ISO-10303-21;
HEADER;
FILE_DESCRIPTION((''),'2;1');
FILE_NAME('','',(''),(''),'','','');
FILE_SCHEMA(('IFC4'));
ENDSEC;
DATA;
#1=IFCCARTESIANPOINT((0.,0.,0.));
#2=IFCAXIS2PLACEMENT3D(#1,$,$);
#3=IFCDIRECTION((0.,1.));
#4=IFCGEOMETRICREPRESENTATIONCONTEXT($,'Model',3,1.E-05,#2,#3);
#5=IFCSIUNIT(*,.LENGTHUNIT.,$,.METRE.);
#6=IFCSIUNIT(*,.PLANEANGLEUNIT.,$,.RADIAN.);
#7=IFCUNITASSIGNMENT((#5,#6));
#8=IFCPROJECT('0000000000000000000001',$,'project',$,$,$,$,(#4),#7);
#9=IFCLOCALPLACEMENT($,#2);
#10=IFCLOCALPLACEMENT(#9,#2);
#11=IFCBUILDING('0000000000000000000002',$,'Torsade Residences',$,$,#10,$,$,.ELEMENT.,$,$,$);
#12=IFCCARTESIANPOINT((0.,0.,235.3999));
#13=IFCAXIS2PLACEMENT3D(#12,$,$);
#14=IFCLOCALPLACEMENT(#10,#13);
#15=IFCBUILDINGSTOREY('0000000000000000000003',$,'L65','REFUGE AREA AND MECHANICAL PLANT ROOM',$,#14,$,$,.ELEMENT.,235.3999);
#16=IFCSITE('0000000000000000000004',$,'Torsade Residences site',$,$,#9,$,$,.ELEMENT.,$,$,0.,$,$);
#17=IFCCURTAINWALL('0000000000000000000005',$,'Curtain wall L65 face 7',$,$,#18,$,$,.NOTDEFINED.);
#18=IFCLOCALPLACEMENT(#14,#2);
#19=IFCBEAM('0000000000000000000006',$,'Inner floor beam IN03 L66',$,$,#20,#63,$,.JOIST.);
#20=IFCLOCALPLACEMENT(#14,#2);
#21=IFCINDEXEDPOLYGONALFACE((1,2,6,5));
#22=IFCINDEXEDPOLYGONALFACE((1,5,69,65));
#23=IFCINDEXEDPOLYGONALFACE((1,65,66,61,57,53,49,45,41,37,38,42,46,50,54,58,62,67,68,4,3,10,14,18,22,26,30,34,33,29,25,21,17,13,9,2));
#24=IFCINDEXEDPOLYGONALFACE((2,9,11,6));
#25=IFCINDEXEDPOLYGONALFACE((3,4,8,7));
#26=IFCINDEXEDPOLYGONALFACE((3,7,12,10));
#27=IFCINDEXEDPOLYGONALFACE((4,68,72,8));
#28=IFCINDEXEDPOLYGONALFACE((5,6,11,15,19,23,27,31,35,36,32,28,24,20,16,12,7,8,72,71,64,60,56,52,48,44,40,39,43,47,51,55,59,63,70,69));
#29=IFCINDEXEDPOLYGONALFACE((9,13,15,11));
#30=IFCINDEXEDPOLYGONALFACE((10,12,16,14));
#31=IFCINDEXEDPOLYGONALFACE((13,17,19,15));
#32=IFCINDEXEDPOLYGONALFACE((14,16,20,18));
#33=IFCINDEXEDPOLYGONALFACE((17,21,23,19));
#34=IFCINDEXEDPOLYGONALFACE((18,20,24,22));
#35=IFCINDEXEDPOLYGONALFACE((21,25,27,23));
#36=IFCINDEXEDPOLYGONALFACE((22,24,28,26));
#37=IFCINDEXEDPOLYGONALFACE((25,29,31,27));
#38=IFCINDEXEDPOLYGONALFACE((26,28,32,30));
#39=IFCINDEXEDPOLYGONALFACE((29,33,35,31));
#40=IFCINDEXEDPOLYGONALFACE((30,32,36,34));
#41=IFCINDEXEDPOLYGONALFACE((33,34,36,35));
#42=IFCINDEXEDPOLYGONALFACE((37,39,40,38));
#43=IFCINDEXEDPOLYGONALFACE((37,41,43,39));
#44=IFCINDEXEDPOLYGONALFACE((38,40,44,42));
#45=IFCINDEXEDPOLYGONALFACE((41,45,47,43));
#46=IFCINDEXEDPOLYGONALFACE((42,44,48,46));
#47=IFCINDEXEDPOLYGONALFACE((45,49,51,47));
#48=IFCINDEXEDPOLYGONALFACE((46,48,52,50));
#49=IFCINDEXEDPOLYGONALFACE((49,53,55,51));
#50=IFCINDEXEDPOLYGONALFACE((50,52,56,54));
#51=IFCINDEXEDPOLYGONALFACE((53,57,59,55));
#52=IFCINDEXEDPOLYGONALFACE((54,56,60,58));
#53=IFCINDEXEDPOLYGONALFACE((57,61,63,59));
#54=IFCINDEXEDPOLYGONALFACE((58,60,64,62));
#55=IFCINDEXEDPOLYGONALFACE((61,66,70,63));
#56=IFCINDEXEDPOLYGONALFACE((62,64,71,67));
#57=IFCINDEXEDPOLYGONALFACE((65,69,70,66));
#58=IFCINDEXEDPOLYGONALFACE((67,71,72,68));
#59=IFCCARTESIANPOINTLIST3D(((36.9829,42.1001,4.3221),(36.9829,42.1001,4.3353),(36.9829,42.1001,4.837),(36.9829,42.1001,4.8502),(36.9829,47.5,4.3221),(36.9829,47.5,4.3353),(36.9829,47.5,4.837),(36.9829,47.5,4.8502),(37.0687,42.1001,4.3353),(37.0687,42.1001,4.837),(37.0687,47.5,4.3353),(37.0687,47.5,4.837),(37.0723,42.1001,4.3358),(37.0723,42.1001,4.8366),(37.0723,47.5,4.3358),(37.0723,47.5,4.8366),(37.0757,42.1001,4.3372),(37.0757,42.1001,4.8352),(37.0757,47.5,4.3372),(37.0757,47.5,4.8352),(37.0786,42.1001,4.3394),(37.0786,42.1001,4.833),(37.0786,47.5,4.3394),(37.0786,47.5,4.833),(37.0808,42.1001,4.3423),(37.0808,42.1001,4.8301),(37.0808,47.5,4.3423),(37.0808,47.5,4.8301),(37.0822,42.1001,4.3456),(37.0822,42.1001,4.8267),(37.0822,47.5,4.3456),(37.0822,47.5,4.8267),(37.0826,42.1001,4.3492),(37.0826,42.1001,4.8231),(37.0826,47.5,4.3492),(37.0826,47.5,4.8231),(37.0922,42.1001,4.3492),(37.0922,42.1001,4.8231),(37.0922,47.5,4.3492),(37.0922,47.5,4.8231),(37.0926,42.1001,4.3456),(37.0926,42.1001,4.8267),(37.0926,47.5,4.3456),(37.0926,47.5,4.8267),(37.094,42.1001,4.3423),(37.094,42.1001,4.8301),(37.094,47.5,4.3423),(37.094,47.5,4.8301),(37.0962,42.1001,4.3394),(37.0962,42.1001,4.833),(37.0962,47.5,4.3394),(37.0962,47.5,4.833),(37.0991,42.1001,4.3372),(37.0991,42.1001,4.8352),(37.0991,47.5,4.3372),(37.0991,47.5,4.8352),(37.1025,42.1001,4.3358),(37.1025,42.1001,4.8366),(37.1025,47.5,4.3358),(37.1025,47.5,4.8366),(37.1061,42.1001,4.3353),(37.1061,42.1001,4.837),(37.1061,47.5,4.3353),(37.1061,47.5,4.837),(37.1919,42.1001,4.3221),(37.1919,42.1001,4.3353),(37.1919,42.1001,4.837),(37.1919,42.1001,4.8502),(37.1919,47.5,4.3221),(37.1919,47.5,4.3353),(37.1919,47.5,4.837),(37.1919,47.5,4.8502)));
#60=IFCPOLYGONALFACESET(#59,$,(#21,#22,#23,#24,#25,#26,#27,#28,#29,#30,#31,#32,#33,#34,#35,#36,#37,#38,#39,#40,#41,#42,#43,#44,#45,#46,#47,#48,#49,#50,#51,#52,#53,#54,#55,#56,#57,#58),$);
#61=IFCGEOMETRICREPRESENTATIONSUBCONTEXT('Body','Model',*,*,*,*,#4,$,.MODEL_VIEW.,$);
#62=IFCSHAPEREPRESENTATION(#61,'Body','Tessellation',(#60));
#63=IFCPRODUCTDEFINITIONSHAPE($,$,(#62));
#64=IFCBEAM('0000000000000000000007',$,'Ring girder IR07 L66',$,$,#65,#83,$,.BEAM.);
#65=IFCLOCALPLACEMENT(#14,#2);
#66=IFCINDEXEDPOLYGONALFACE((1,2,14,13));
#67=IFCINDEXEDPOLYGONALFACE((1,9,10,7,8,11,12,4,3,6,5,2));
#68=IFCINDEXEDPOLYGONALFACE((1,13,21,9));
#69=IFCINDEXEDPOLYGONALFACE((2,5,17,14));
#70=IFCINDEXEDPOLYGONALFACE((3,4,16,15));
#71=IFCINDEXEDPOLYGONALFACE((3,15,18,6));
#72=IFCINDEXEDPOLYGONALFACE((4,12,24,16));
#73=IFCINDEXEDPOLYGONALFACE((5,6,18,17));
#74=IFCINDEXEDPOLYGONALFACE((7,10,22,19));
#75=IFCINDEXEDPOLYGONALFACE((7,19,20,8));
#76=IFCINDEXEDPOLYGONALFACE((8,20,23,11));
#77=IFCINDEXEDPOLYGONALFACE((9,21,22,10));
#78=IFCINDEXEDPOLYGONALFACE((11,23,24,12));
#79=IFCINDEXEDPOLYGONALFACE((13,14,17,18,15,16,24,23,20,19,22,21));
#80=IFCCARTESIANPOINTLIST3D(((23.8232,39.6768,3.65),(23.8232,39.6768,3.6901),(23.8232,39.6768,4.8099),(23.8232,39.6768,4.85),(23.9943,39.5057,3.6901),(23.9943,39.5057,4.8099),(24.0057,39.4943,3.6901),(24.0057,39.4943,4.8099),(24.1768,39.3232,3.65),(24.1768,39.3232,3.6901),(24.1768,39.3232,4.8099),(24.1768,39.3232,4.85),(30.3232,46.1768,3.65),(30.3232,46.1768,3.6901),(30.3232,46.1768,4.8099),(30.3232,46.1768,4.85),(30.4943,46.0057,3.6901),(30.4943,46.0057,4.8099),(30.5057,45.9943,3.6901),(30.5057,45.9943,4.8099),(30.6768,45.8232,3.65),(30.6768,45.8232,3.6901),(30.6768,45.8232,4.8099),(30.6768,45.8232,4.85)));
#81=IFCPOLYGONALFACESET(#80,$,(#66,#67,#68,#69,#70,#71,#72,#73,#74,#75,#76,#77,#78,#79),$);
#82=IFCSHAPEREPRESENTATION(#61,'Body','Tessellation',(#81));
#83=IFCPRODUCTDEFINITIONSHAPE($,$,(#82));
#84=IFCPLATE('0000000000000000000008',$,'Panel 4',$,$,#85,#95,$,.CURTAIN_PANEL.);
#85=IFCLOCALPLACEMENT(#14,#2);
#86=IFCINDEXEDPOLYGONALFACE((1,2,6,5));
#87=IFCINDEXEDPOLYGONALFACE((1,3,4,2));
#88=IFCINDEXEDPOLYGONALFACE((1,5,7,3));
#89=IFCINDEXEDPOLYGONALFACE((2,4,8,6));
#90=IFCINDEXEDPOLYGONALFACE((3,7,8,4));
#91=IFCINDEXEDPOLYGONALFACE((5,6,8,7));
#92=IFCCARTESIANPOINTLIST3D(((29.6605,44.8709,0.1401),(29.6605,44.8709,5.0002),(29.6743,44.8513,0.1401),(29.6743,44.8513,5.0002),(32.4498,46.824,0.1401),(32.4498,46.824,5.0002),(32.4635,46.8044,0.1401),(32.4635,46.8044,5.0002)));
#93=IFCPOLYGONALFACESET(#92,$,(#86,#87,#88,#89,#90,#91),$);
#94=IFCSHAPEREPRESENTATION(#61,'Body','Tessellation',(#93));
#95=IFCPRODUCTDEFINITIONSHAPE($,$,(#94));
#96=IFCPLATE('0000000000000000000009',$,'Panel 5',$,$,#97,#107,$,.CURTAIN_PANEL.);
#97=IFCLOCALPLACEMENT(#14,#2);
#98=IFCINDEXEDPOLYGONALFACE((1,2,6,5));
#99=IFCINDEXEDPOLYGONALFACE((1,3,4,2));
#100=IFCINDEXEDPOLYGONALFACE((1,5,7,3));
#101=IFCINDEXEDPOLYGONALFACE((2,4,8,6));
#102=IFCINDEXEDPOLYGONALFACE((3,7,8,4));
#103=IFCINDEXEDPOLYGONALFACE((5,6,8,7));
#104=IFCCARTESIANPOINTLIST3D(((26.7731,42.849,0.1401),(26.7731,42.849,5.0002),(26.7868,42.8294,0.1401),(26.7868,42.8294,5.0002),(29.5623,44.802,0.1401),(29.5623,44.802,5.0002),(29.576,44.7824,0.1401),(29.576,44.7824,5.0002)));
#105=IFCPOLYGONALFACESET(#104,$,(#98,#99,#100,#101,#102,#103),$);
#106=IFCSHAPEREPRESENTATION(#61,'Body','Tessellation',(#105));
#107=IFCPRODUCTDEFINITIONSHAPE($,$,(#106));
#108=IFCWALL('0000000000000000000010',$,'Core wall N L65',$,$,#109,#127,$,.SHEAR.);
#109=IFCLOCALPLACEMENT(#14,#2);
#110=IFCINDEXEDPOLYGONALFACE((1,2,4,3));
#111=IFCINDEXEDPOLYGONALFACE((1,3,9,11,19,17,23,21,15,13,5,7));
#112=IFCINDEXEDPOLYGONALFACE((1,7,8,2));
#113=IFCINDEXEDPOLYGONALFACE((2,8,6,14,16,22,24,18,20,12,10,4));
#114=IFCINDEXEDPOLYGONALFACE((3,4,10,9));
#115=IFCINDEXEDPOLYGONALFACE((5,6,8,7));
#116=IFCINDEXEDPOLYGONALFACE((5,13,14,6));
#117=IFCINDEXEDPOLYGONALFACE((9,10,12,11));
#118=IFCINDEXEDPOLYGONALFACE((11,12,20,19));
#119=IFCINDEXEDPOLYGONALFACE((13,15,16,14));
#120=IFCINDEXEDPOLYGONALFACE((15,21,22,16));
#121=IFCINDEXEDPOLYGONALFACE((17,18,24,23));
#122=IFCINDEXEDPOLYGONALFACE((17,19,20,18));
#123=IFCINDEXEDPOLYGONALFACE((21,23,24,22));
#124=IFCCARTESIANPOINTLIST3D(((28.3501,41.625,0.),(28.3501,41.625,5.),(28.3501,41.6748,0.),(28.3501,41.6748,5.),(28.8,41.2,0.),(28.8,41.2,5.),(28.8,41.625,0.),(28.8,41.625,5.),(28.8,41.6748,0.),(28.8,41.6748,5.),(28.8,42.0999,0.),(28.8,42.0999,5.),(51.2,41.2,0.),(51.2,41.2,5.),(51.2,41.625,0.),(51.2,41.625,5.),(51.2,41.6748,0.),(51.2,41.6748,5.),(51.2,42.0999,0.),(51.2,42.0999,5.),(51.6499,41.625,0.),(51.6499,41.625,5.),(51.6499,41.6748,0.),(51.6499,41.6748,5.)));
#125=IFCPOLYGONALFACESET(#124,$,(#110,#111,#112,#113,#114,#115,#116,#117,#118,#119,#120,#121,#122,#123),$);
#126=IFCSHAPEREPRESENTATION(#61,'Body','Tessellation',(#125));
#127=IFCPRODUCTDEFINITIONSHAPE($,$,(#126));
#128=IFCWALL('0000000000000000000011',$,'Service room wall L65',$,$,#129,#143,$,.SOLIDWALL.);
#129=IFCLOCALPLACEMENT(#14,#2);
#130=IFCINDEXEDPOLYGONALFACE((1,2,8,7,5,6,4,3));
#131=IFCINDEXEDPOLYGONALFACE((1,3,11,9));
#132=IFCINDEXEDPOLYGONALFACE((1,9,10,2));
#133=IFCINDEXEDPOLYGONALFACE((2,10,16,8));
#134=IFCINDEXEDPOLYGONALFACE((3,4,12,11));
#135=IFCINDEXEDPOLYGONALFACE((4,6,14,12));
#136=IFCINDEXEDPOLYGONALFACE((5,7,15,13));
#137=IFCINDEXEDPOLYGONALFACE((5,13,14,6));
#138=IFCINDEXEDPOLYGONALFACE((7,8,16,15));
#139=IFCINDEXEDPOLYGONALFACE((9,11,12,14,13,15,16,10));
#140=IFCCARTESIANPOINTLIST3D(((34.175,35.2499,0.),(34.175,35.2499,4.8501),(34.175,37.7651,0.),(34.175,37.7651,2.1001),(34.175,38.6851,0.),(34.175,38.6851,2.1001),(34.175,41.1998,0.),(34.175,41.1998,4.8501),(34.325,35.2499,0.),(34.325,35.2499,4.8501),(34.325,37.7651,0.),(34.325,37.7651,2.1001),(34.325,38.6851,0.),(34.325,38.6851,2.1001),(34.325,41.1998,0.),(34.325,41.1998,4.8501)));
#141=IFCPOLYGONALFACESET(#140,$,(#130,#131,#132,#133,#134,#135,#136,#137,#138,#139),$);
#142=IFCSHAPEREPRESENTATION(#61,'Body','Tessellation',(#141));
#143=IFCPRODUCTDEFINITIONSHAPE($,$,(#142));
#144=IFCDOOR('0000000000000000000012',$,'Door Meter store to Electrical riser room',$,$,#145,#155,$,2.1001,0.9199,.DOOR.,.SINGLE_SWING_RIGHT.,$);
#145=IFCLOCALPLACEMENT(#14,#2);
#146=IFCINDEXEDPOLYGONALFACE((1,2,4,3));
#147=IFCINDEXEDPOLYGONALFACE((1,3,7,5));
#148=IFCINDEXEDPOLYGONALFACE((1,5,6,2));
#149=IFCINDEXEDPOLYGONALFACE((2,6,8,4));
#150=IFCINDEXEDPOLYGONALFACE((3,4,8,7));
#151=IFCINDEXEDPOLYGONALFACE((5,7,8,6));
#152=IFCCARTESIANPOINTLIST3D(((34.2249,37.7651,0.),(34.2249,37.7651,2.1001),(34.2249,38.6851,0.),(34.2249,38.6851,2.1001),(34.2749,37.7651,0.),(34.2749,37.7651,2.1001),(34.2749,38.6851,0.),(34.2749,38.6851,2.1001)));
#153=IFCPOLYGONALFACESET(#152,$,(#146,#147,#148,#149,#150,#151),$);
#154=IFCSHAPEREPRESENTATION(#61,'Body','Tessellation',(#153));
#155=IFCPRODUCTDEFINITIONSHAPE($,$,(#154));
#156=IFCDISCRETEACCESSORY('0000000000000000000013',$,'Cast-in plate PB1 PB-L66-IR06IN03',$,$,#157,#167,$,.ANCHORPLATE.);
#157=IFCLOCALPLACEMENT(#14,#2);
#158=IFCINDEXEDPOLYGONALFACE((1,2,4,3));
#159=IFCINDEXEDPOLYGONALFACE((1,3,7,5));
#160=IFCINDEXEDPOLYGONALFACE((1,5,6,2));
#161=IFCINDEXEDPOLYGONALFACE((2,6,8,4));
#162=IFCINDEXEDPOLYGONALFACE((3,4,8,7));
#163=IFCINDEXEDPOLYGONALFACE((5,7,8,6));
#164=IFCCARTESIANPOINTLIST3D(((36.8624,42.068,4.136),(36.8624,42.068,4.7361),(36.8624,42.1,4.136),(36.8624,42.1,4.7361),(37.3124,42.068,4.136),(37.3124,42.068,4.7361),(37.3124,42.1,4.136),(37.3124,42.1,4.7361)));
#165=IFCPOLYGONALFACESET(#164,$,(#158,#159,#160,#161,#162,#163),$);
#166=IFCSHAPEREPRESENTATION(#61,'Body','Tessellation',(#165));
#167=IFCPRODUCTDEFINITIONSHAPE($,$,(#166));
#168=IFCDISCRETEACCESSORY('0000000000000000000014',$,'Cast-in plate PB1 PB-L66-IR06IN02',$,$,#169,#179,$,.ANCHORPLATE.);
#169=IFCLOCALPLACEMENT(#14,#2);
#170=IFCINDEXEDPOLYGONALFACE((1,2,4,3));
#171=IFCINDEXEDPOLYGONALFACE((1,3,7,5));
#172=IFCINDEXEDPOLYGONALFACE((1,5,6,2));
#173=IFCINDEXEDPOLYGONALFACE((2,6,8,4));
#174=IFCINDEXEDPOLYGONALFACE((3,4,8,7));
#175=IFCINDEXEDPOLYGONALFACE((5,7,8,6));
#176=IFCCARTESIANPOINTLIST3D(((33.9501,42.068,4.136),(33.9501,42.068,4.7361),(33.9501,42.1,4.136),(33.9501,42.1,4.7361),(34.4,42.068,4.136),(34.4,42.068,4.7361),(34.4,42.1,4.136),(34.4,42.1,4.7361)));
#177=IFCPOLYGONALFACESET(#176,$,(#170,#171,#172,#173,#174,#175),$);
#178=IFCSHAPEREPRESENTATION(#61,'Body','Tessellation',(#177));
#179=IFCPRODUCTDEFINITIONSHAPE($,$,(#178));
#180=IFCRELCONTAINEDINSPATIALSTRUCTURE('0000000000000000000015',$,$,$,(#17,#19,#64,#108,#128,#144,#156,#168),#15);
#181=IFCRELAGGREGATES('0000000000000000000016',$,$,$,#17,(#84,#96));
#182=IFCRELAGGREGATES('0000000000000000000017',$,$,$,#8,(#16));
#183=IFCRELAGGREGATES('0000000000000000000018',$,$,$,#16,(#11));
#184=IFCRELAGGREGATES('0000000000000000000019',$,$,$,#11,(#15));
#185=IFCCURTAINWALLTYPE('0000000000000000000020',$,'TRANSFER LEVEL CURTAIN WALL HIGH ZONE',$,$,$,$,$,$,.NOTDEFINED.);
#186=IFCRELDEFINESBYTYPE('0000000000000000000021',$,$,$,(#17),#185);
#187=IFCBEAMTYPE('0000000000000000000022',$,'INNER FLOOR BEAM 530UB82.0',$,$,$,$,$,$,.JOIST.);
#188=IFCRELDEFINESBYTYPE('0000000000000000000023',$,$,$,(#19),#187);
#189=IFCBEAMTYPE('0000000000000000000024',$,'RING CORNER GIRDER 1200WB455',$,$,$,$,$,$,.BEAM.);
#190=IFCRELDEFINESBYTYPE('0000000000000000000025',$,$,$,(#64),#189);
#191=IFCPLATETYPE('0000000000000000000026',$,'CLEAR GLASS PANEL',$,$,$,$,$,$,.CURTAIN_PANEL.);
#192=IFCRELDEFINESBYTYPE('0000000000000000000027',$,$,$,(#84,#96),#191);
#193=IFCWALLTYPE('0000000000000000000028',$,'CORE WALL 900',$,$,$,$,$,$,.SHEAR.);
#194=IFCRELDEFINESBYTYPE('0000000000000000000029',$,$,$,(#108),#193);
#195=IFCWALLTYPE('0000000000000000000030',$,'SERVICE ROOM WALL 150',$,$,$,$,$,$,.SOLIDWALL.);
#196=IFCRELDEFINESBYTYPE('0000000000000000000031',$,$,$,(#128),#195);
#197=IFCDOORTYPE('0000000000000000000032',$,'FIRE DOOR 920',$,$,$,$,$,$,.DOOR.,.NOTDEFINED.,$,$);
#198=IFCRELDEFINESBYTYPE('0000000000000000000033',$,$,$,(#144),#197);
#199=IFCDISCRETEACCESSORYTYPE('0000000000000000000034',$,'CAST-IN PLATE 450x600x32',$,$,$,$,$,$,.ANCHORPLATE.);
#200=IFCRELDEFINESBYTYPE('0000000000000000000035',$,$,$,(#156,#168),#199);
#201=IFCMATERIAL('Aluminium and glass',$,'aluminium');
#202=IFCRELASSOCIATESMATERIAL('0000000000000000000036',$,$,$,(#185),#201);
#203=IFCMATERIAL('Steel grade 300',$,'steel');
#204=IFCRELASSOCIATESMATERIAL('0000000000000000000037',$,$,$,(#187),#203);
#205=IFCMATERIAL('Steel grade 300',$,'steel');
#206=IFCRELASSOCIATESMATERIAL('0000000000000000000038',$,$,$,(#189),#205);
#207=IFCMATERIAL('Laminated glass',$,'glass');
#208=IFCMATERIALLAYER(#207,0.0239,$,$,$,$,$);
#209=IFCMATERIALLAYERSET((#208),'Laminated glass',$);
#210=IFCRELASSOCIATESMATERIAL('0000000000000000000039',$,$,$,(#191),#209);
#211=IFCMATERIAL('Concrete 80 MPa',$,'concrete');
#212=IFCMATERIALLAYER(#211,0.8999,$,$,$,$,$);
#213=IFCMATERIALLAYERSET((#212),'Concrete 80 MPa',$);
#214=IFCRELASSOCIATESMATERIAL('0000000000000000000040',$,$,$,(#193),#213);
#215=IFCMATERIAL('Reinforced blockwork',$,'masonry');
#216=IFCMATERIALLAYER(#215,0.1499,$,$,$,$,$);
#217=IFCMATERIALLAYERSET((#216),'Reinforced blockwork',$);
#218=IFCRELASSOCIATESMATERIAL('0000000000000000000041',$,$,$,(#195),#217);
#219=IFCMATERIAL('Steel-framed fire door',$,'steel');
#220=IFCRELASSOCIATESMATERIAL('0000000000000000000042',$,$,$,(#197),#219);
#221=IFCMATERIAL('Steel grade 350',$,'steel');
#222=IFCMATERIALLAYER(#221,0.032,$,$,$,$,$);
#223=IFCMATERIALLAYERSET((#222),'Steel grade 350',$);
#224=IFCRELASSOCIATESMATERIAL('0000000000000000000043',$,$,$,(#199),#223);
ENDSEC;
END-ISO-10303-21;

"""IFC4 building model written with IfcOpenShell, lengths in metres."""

from ifc_helpers import new_model, si_unit, direction, frame, frame_2d, origin, origin_2d, place, context, subcontext, project, spatial, polyline, rectangle, i_section, outline, extrude, material, layer, layer_set, material_profile, profile_set, type_object, element, fill, aggregate, save


model = new_model("IFC4")

# Units and contexts
model_context = context("Model", 3, precision=1e-05, world=origin(), true_north=direction((0.0, 1.0)))
body_context = subcontext(model_context, "Body", "Model", "MODEL_VIEW")
ifc_project = project(units=[si_unit("LENGTHUNIT", "METRE"), si_unit("PLANEANGLEUNIT", "RADIAN")], contexts=[model_context])

# Site, building, storey
site_placement = place(None, origin())
site = spatial("IfcSite", under=ifc_project, at=site_placement, Name="Torsade Residences site", CompositionType="ELEMENT", RefElevation=0.0)
building_placement = place(site_placement, origin())
building = spatial("IfcBuilding", under=site, at=building_placement, Name="Torsade Residences", CompositionType="ELEMENT")
storey_placement = place(building_placement, frame((0.0, 0.0, 235.3999)))
storey = spatial("IfcBuildingStorey", under=building, at=storey_placement, Name="L65", Description="REFUGE AREA AND MECHANICAL PLANT ROOM", CompositionType="ELEMENT", Elevation=235.3999)

# Curtain wall
ifc_material_1 = material(Name="Aluminium and glass", Category="aluminium")
curtain_wall_type = type_object("IfcCurtainWallType", Name="TRANSFER LEVEL CURTAIN WALL HIGH ZONE", PredefinedType="NOTDEFINED", material=ifc_material_1)
curtain_wall_placement = place(storey_placement, origin())
curtain_wall = element("IfcCurtainWall", 1, at=curtain_wall_placement, inside=storey, type_object=curtain_wall_type, Name="Curtain wall L65 face 7", PredefinedType="NOTDEFINED")

# Beams
ifc_material_2 = material(Name="Steel grade 300", Category="steel")
ifc_material_profile_1 = material_profile(ifc_material_2, i_section(OverallWidth=0.209, OverallDepth=0.5281, WebThickness=0.0095, FlangeThickness=0.0132, FilletRadius=0.0139, at=origin_2d()), Name="530UB82.0")
ifc_profile_set_1 = profile_set([ifc_material_profile_1], Name="Steel grade 300")
beam_type_1 = type_object("IfcBeamType", Name="INNER FLOOR BEAM 530UB82.0", PredefinedType="JOIST", material=ifc_profile_set_1)
beam_1_placement = place(storey_placement, frame((37.0874, 42.1001, 4.5862), z_axis=(0.0, 1.0, 0.0), x_axis=(-1.0, 0.0, 0.0)))
element("IfcBeam", 2, at=beam_1_placement, inside=storey, type_object=beam_type_1, Name="Inner floor beam IN03 L66", PredefinedType="JOIST", context=body_context, shape_type="SweptSolid", body=[
    extrude(i_section(OverallWidth=0.209, OverallDepth=0.5281, WebThickness=0.0095, FlangeThickness=0.0132, FilletRadius=0.0139, at=origin_2d()), origin(), (0.0, 0.0, 1.0), 5.3999),
])
ifc_material_3 = material(Name="Steel grade 300", Category="steel")
ifc_material_profile_2 = material_profile(ifc_material_3, i_section(OverallWidth=0.5, OverallDepth=1.2, WebThickness=0.0161, FlangeThickness=0.04, at=origin_2d()), Name="1200WB455")
ifc_profile_set_2 = profile_set([ifc_material_profile_2], Name="Steel grade 300")
beam_type_2 = type_object("IfcBeamType", Name="RING CORNER GIRDER 1200WB455", PredefinedType="BEAM", material=ifc_profile_set_2)
beam_2_placement = place(storey_placement, frame((30.5, 46.0, 4.25), z_axis=(-0.707107, -0.707107, 0.0), x_axis=(0.707107, -0.707107, 0.0)))
element("IfcBeam", 3, at=beam_2_placement, inside=storey, type_object=beam_type_2, Name="Ring girder IR07 L66", PredefinedType="BEAM", context=body_context, shape_type="SweptSolid", body=[
    extrude(i_section(OverallWidth=0.5, OverallDepth=1.2, WebThickness=0.0161, FlangeThickness=0.04, at=origin_2d()), origin(), (0.0, 0.0, 1.0), 9.1924),
])

# Plates
ifc_material_4 = material(Name="Laminated glass", Category="glass")
ifc_layer_1 = layer(ifc_material_4, 0.0239)
ifc_layer_set_1 = layer_set([ifc_layer_1], Name="Laminated glass")
plate_type = type_object("IfcPlateType", Name="CLEAR GLASS PANEL", PredefinedType="CURTAIN_PANEL", material=ifc_layer_set_1)
plate_1_placement = place(storey_placement, frame((31.062, 45.8376, 0.1401), z_axis=(0.0, 0.0, 1.0), x_axis=(-0.819152, -0.573576, 0.0)))
plate_1 = element("IfcPlate", 4, at=plate_1_placement, type_object=plate_type, Name="Panel 4", PredefinedType="CURTAIN_PANEL", context=body_context, shape_type="SweptSolid", body=[
    extrude(rectangle(XDim=3.405, YDim=0.0239, at=origin_2d()), origin(), (0.0, 0.0, 1.0), 4.8601),
])
plate_2_placement = place(storey_placement, frame((28.1746, 43.8157, 0.1401), z_axis=(0.0, 0.0, 1.0), x_axis=(-0.819152, -0.573576, 0.0)))
plate_2 = element("IfcPlate", 5, at=plate_2_placement, type_object=plate_type, Name="Panel 5", PredefinedType="CURTAIN_PANEL", context=body_context, shape_type="SweptSolid", body=[
    extrude(rectangle(XDim=3.405, YDim=0.0239, at=origin_2d()), origin(), (0.0, 0.0, 1.0), 4.8601),
])
aggregate(curtain_wall, [plate_1, plate_2])

# Wall
ifc_material_5 = material(Name="Concrete 80 MPa", Category="concrete")
ifc_layer_2 = layer(ifc_material_5, 0.8999)
ifc_layer_set_2 = layer_set([ifc_layer_2], Name="Concrete 80 MPa")
wall_type_1 = type_object("IfcWallType", Name="CORE WALL 900", PredefinedType="SHEAR", material=ifc_layer_set_2)
wall_1_placement = place(storey_placement, frame((28.8, 41.6499, 0.0), z_axis=(0.0, 0.0, 1.0), x_axis=(1.0, 0.0, 0.0)))
element("IfcWall", 6, at=wall_1_placement, inside=storey, type_object=wall_type_1, Name="Core wall N L65", PredefinedType="SHEAR", context=body_context, shape_type="SweptSolid", body=[
    extrude(outline(polyline([(0.0, -0.45), (22.3999, -0.45), (22.3999, -0.0249), (22.8499, -0.0249), (22.8499, 0.0249), (22.3999, 0.0249), (22.3999, 0.45), (0.0, 0.45), (0.0, 0.0249), (-0.45, 0.0249), (-0.45, -0.0249), (0.0, -0.0249), (0.0, -0.45)])), origin(), (0.0, 0.0, 1.0), 5.0),
])

# Wall, opening, door
ifc_material_6 = material(Name="Reinforced blockwork", Category="masonry")
ifc_layer_3 = layer(ifc_material_6, 0.1499)
ifc_layer_set_3 = layer_set([ifc_layer_3], Name="Reinforced blockwork")
wall_type_2 = type_object("IfcWallType", Name="SERVICE ROOM WALL 150", PredefinedType="SOLIDWALL", material=ifc_layer_set_3)
wall_2_placement = place(storey_placement, frame((34.25, 41.2, 0.0), z_axis=(0.0, 0.0, 1.0), x_axis=(0.0, -1.0, 0.0)))
wall_2 = element("IfcWall", 7, at=wall_2_placement, inside=storey, type_object=wall_type_2, Name="Service room wall L65", PredefinedType="SOLIDWALL", context=body_context, shape_type="SweptSolid", body=[
    extrude(rectangle(XDim=5.95, YDim=0.1499, at=frame_2d((2.9751, 0.0))), origin(), (0.0, 0.0, 1.0), 4.8501),
])
opening_placement = place(wall_2_placement, frame((2.5149, 0.0, 0.0)))
opening = element("IfcOpeningElement", 8, at=opening_placement, cuts=wall_2, PredefinedType="OPENING", context=body_context, shape_type="SweptSolid", body=[
    extrude(rectangle(XDim=0.9199, YDim=2.1001, at=frame_2d((0.46, 1.05))), frame((0.0, 0.085, 0.0), z_axis=(0.0, -1.0, 0.0), x_axis=(1.0, 0.0, 0.0)), (0.0, 0.0, 1.0), 0.1699),
])
ifc_material_7 = material(Name="Steel-framed fire door", Category="steel")
door_type = type_object("IfcDoorType", Name="FIRE DOOR 920", OperationType="NOTDEFINED", PredefinedType="DOOR", material=ifc_material_7)
door_placement = place(opening_placement, origin())
door = element("IfcDoor", 9, at=door_placement, inside=storey, type_object=door_type, Name="Door Meter store to Electrical riser room", OperationType="SINGLE_SWING_RIGHT", OverallHeight=2.1001, OverallWidth=0.9199, PredefinedType="DOOR", context=body_context, shape_type="SweptSolid", body=[
    extrude(rectangle(XDim=0.9199, YDim=2.1001, at=frame_2d((0.46, 1.05))), frame((0.0, 0.0249, 0.0), z_axis=(0.0, -1.0, 0.0), x_axis=(1.0, 0.0, 0.0)), (0.0, 0.0, 1.0), 0.05),
])
fill(opening, door)

# Discrete accessories
ifc_material_8 = material(Name="Steel grade 350", Category="steel")
ifc_layer_4 = layer(ifc_material_8, 0.032)
ifc_layer_set_4 = layer_set([ifc_layer_4], Name="Steel grade 350")
discrete_accessory_type = type_object("IfcDiscreteAccessoryType", Name="CAST-IN PLATE 450x600x32", PredefinedType="ANCHORPLATE", material=ifc_layer_set_4)
for number, where, z_axis, x_axis, name in (
    (10, (37.0874, 42.084, 4.136), (0.0, 0.0, 1.0), (1.0, 0.0, 0.0), "Cast-in plate PB1 PB-L66-IR06IN03"),
    (11, (34.175, 42.084, 4.136), (0.0, 0.0, 1.0), (1.0, 0.0, 0.0), "Cast-in plate PB1 PB-L66-IR06IN02"),
):
    element("IfcDiscreteAccessory", number, at=place(storey_placement, frame(where, z_axis=z_axis, x_axis=x_axis)), inside=storey, type_object=discrete_accessory_type, Name=name, PredefinedType="ANCHORPLATE", context=body_context, shape_type="SweptSolid", body=[
        extrude(rectangle(XDim=0.45, YDim=0.032, at=origin_2d()), origin(), (0.0, 0.0, 1.0), 0.6001),
    ])

save(model, "model.ifc")
